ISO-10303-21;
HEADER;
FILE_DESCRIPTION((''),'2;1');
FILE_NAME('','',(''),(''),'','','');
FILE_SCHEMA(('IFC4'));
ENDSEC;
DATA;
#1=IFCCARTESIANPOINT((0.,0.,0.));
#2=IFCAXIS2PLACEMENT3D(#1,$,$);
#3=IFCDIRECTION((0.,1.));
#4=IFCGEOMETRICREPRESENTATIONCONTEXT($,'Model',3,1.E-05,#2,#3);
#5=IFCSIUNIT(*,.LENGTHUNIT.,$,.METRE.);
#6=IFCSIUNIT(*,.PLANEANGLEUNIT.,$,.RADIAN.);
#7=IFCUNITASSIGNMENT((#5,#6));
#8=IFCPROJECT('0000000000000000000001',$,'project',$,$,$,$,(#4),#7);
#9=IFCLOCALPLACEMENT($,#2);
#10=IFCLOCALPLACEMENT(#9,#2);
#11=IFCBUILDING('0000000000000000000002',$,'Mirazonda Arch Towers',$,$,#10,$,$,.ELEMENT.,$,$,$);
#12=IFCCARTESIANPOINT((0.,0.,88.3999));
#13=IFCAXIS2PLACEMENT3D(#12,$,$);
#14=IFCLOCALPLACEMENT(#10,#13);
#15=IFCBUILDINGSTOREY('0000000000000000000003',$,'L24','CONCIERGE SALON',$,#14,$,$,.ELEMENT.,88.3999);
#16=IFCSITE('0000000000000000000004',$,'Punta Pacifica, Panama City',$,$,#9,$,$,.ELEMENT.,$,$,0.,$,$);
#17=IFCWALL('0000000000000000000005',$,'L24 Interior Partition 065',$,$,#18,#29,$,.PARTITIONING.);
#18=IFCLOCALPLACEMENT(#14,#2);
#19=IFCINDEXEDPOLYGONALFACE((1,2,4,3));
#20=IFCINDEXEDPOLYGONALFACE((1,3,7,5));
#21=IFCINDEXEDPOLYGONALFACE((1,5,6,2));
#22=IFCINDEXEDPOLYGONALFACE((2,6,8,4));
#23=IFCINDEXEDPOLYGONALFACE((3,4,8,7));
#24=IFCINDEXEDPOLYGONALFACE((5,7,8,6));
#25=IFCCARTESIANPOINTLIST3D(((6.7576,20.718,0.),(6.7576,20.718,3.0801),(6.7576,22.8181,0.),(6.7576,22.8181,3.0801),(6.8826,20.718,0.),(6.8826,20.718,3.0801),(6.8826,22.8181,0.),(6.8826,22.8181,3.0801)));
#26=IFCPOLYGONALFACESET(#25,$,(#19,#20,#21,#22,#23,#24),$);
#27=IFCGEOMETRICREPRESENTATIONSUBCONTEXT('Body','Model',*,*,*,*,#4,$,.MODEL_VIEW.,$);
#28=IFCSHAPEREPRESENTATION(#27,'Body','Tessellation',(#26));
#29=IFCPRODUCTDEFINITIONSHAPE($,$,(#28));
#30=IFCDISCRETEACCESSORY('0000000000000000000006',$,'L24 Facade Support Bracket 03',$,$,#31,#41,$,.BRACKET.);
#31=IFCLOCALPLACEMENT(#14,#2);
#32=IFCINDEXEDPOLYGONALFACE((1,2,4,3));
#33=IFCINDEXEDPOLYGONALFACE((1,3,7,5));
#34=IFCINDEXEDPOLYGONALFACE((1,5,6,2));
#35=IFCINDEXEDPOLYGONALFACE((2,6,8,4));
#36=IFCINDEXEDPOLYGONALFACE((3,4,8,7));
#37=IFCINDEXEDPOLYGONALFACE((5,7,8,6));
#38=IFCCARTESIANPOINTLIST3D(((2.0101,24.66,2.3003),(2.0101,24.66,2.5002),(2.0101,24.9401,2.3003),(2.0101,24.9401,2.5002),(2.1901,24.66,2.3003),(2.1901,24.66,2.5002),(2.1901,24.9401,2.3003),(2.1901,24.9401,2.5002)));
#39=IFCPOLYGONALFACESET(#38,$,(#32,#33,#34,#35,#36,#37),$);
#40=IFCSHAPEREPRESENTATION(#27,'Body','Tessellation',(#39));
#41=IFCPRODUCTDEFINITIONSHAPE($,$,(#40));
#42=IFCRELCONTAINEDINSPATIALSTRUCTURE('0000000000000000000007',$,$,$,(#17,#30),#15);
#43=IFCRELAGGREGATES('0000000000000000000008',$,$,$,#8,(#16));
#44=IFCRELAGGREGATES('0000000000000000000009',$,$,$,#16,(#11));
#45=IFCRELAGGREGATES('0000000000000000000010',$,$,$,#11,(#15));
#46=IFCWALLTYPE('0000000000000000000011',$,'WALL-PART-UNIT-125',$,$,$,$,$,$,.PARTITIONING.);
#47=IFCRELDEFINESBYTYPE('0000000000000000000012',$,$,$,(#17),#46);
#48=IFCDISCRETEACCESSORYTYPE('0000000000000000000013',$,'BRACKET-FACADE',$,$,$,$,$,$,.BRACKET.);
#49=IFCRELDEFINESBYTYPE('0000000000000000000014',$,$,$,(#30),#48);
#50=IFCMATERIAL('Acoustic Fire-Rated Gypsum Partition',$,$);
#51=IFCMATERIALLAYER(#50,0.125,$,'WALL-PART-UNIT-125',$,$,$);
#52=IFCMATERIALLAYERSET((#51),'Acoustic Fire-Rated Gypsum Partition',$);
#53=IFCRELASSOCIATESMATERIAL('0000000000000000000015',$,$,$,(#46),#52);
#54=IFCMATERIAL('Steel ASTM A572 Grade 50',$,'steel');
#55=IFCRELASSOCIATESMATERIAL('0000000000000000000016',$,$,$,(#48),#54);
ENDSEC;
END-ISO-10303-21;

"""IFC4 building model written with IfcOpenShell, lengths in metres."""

from ifc_helpers import new_model, si_unit, direction, frame, frame_2d, origin, origin_2d, place, context, subcontext, project, spatial, rectangle, extrude, material, layer, layer_set, type_object, element, save


model = new_model("IFC4")

# Units and contexts
model_context = context("Model", 3, precision=1e-05, world=origin(), true_north=direction((0.0, 1.0)))
body_context = subcontext(model_context, "Body", "Model", "MODEL_VIEW")
ifc_project = project(units=[si_unit("LENGTHUNIT", "METRE"), si_unit("PLANEANGLEUNIT", "RADIAN")], contexts=[model_context])

# Site, building, storey
site_placement = place(None, origin())
site = spatial("IfcSite", under=ifc_project, at=site_placement, Name="Punta Pacifica, Panama City", CompositionType="ELEMENT", RefElevation=0.0)
building_placement = place(site_placement, origin())
building = spatial("IfcBuilding", under=site, at=building_placement, Name="Mirazonda Arch Towers", CompositionType="ELEMENT")
storey_placement = place(building_placement, frame((0.0, 0.0, 88.3999)))
storey = spatial("IfcBuildingStorey", under=building, at=storey_placement, Name="L24", Description="CONCIERGE SALON", CompositionType="ELEMENT", Elevation=88.3999)

# Shared definitions
ifc_material_1 = material(Name="Steel ASTM A572 Grade 50", Category="steel")

# Wall
ifc_material_2 = material(Name="Acoustic Fire-Rated Gypsum Partition")
ifc_layer_1 = layer(ifc_material_2, 0.125, Name="WALL-PART-UNIT-125")
ifc_layer_set_1 = layer_set([ifc_layer_1], Name="Acoustic Fire-Rated Gypsum Partition")
wall_type_1 = type_object("IfcWallType", Name="WALL-PART-UNIT-125", PredefinedType="PARTITIONING", material=ifc_layer_set_1)
wall_1_placement = place(storey_placement, frame((6.8201, 20.718, 0.0), z_axis=(0.0, 0.0, 1.0), x_axis=(0.0, 1.0, 0.0)))
element("IfcWall", 1, at=wall_1_placement, inside=storey, type_object=wall_type_1, Name="L24 Interior Partition 065", PredefinedType="PARTITIONING", context=body_context, shape_type="SweptSolid", body=[
    extrude(rectangle(XDim=2.1001, YDim=0.125, at=frame_2d((1.05, 0.0))), origin(), (0.0, 0.0, 1.0), 3.0801),
])

# Discrete accessory
discrete_accessory_type = type_object("IfcDiscreteAccessoryType", Name="BRACKET-FACADE", PredefinedType="BRACKET", material=ifc_material_1)
discrete_accessory_placement = place(storey_placement, frame((2.1001, 24.8, 2.3003), z_axis=(0.0, 0.0, 1.0), x_axis=(1.0, 0.0, 0.0)))
element("IfcDiscreteAccessory", 2, at=discrete_accessory_placement, inside=storey, type_object=discrete_accessory_type, Name="L24 Facade Support Bracket 03", PredefinedType="BRACKET", context=body_context, shape_type="SweptSolid", body=[
    extrude(rectangle(XDim=0.1799, YDim=0.28, at=origin_2d()), origin(), (0.0, 0.0, 1.0), 0.2),
])

save(model, "model.ifc")
